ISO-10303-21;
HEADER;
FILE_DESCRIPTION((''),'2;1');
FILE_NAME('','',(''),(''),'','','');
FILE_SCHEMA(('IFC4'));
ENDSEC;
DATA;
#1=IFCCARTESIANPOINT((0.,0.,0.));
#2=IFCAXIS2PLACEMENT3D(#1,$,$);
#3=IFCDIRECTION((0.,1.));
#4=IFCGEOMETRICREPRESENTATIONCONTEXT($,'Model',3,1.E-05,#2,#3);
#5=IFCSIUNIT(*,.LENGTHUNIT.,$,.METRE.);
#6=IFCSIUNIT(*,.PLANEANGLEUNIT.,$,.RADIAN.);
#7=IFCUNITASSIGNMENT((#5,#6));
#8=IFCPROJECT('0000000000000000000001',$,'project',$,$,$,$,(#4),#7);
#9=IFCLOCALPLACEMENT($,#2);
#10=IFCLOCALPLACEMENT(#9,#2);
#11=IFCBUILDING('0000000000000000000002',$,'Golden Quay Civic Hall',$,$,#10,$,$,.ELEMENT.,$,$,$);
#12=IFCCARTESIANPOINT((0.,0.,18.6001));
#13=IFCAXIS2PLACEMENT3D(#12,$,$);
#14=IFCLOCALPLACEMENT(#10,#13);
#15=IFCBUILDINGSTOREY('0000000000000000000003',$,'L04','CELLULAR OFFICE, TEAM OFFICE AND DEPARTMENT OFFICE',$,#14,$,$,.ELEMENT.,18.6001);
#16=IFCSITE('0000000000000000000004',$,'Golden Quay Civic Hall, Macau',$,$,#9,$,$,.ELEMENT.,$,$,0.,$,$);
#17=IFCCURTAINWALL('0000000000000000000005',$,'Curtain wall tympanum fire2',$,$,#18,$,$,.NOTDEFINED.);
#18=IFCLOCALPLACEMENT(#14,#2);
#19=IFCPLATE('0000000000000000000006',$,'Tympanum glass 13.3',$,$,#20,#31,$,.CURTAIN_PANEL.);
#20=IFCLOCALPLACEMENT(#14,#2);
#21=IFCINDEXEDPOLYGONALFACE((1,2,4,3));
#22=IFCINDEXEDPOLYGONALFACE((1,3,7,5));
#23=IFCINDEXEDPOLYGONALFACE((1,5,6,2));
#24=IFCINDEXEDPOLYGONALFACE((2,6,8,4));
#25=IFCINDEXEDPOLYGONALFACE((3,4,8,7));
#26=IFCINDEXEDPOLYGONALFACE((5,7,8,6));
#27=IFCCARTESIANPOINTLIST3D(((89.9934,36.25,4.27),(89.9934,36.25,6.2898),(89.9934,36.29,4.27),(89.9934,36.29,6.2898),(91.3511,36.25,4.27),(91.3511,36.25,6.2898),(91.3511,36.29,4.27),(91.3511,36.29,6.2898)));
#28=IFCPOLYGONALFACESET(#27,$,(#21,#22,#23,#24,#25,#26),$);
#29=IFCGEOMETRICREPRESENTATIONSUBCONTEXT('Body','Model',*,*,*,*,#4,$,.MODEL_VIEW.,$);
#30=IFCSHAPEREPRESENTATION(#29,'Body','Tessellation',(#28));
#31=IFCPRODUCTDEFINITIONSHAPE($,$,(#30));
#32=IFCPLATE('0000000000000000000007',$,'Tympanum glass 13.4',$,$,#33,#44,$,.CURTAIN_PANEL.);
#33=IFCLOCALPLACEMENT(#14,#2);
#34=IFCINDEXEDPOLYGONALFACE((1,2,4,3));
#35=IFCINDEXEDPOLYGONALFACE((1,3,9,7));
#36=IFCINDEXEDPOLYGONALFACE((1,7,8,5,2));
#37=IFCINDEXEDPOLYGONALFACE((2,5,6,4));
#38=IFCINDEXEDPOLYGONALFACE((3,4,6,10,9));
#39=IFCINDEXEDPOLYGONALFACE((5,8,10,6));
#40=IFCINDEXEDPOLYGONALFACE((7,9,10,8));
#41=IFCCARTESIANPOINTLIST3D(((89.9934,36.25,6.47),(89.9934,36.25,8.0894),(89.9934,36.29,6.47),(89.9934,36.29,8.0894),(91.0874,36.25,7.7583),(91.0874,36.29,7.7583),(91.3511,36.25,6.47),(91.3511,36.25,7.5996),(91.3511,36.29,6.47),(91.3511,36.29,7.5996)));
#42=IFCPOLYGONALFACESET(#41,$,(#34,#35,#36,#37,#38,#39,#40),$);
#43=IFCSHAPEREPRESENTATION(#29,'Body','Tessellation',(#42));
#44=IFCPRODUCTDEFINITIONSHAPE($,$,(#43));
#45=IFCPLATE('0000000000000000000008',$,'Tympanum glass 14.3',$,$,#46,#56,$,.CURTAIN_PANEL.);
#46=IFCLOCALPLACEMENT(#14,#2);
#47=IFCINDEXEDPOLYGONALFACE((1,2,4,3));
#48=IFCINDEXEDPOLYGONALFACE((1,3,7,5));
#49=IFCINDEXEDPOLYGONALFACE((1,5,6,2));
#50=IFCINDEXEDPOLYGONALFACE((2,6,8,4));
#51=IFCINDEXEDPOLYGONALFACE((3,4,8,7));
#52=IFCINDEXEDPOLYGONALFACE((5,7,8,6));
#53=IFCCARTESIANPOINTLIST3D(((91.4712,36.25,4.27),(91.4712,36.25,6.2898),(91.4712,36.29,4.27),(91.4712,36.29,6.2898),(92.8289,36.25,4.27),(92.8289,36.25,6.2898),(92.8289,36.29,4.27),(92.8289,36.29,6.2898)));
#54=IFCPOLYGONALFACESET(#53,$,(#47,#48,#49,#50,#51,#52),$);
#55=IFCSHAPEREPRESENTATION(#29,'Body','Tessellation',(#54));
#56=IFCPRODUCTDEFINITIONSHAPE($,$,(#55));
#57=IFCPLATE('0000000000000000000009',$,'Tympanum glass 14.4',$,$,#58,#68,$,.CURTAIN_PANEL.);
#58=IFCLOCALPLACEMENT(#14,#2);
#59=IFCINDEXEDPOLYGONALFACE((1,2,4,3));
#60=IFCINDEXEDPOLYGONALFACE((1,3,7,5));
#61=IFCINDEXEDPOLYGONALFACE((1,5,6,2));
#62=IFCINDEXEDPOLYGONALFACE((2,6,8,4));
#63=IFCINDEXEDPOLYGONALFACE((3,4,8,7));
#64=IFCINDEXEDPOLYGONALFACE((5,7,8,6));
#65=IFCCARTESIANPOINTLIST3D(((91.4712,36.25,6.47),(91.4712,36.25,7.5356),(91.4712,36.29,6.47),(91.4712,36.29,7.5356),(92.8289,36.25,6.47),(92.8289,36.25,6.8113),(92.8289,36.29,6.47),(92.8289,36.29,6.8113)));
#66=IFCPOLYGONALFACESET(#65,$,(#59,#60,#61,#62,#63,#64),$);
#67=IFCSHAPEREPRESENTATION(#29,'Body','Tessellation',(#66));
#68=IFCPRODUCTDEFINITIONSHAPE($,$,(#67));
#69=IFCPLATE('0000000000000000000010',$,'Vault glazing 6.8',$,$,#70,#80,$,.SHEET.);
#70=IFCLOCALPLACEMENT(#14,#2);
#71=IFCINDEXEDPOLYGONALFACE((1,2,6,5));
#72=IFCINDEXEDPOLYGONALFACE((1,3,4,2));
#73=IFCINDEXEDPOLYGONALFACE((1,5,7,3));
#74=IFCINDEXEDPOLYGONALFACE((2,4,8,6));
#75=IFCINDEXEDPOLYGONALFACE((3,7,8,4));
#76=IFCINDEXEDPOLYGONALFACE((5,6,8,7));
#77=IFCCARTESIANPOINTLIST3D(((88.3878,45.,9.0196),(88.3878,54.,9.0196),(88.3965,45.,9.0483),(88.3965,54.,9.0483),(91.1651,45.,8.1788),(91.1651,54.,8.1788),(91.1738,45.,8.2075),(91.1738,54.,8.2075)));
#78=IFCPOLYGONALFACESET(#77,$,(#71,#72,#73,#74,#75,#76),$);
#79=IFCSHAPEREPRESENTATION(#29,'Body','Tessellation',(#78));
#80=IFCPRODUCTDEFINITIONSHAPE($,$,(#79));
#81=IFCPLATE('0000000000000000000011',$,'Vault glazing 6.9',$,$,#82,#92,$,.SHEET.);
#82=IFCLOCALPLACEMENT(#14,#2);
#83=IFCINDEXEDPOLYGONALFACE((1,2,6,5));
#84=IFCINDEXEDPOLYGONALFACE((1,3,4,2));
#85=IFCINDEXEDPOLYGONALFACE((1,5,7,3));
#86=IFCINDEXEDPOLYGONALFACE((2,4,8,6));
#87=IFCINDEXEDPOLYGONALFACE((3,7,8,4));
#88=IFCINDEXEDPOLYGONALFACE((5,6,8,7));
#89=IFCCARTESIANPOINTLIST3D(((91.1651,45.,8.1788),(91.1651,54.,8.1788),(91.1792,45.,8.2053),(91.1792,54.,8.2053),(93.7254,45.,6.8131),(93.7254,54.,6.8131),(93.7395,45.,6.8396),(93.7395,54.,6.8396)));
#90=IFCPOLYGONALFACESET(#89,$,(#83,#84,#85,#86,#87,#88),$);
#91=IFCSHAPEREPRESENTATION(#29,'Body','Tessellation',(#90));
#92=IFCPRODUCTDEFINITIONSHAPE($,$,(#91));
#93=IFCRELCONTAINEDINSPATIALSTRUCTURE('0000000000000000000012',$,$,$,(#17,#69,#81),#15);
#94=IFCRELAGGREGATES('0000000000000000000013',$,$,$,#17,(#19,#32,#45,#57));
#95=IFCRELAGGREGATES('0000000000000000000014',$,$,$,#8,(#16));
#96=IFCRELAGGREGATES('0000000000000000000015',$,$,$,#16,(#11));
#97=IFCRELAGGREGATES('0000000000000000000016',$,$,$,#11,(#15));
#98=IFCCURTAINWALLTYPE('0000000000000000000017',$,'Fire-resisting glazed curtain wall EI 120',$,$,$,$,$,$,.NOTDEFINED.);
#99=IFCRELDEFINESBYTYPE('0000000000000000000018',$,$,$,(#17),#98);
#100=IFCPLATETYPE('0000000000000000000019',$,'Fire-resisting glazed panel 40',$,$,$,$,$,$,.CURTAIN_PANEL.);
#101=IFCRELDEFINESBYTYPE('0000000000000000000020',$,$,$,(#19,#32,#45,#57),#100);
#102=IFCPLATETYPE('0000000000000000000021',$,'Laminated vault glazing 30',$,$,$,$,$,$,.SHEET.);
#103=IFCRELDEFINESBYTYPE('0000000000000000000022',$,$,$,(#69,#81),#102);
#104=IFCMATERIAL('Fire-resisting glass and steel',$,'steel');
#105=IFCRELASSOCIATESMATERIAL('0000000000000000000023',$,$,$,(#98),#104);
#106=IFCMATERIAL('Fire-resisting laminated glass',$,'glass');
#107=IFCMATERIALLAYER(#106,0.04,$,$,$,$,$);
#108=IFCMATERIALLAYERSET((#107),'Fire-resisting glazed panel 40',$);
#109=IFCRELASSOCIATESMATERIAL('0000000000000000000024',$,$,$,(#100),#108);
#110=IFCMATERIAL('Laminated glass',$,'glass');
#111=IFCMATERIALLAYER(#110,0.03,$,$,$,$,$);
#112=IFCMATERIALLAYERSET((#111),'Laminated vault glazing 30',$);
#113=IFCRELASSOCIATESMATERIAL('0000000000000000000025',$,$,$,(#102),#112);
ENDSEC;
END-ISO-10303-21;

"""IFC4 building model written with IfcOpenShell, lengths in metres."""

from ifc_helpers import new_model, si_unit, direction, frame, origin, place, context, subcontext, project, spatial, polyline, outline, extrude, material, layer, layer_set, type_object, element, aggregate, save


model = new_model("IFC4")

# Units and contexts
model_context = context("Model", 3, precision=1e-05, world=origin(), true_north=direction((0.0, 1.0)))
body_context = subcontext(model_context, "Body", "Model", "MODEL_VIEW")
ifc_project = project(units=[si_unit("LENGTHUNIT", "METRE"), si_unit("PLANEANGLEUNIT", "RADIAN")], contexts=[model_context])

# Site, building, storey
site_placement = place(None, origin())
site = spatial("IfcSite", under=ifc_project, at=site_placement, Name="Golden Quay Civic Hall, Macau", CompositionType="ELEMENT", RefElevation=0.0)
building_placement = place(site_placement, origin())
building = spatial("IfcBuilding", under=site, at=building_placement, Name="Golden Quay Civic Hall", CompositionType="ELEMENT")
storey_placement = place(building_placement, frame((0.0, 0.0, 18.6001)))
storey = spatial("IfcBuildingStorey", under=building, at=storey_placement, Name="L04", Description="CELLULAR OFFICE, TEAM OFFICE AND DEPARTMENT OFFICE", CompositionType="ELEMENT", Elevation=18.6001)

# Curtain wall
ifc_material_1 = material(Name="Fire-resisting glass and steel", Category="steel")
curtain_wall_type = type_object("IfcCurtainWallType", Name="Fire-resisting glazed curtain wall EI 120", PredefinedType="NOTDEFINED", material=ifc_material_1)
curtain_wall_placement = place(storey_placement, origin())
curtain_wall = element("IfcCurtainWall", 1, at=curtain_wall_placement, inside=storey, type_object=curtain_wall_type, Name="Curtain wall tympanum fire2", PredefinedType="NOTDEFINED")

# Plates
ifc_material_2 = material(Name="Fire-resisting laminated glass", Category="glass")
ifc_layer_1 = layer(ifc_material_2, 0.04)
ifc_layer_set_1 = layer_set([ifc_layer_1], Name="Fire-resisting glazed panel 40")
plate_type_1 = type_object("IfcPlateType", Name="Fire-resisting glazed panel 40", PredefinedType="CURTAIN_PANEL", material=ifc_layer_set_1)
plate_1_placement = place(storey_placement, frame((91.3511, 36.29, 4.27), z_axis=(0.0, 1.0, 0.0), x_axis=(-1.0, 0.0, 0.0)))
plate_1 = element("IfcPlate", 2, at=plate_1_placement, type_object=plate_type_1, Name="Tympanum glass 13.3", PredefinedType="CURTAIN_PANEL", context=body_context, shape_type="SweptSolid", body=[
    extrude(outline(polyline([(0.0, 0.0), (1.3577, 0.0), (1.3577, 2.0198), (0.0, 2.0198), (0.0, 0.0)])), origin(), (0.0, 0.0, -1.0), 0.04),
])
plate_2_placement = place(storey_placement, frame((91.3511, 36.29, 6.47), z_axis=(0.0, 1.0, 0.0), x_axis=(-1.0, 0.0, 0.0)))
plate_2 = element("IfcPlate", 3, at=plate_2_placement, type_object=plate_type_1, Name="Tympanum glass 13.4", PredefinedType="CURTAIN_PANEL", context=body_context, shape_type="SweptSolid", body=[
    extrude(outline(polyline([(0.0, 0.0), (1.3577, 0.0), (1.3577, 1.6194), (0.2637, 1.2883), (0.0, 1.1296), (0.0, 0.0)])), origin(), (0.0, 0.0, -1.0), 0.04),
])
plate_3_placement = place(storey_placement, frame((92.8289, 36.29, 4.27), z_axis=(0.0, 1.0, 0.0), x_axis=(-1.0, 0.0, 0.0)))
plate_3 = element("IfcPlate", 4, at=plate_3_placement, type_object=plate_type_1, Name="Tympanum glass 14.3", PredefinedType="CURTAIN_PANEL", context=body_context, shape_type="SweptSolid", body=[
    extrude(outline(polyline([(0.0, 0.0), (1.3577, 0.0), (1.3577, 2.0198), (0.0, 2.0198), (0.0, 0.0)])), origin(), (0.0, 0.0, -1.0), 0.04),
])
plate_4_placement = place(storey_placement, frame((92.8289, 36.29, 6.47), z_axis=(0.0, 1.0, 0.0), x_axis=(-1.0, 0.0, 0.0)))
plate_4 = element("IfcPlate", 5, at=plate_4_placement, type_object=plate_type_1, Name="Tympanum glass 14.4", PredefinedType="CURTAIN_PANEL", context=body_context, shape_type="SweptSolid", body=[
    extrude(outline(polyline([(0.0, 0.0), (1.3577, 0.0), (1.3577, 1.0657), (0.0, 0.3413), (0.0, 0.0)])), origin(), (0.0, 0.0, -1.0), 0.04),
])
aggregate(curtain_wall, [plate_1, plate_2, plate_3, plate_4])

# Plates
ifc_material_3 = material(Name="Laminated glass", Category="glass")
ifc_layer_2 = layer(ifc_material_3, 0.03)
ifc_layer_set_2 = layer_set([ifc_layer_2], Name="Laminated vault glazing 30")
plate_type_2 = type_object("IfcPlateType", Name="Laminated vault glazing 30", PredefinedType="SHEET", material=ifc_layer_set_2)
plate_5_placement = place(storey_placement, frame((88.3965, 45.0, 9.0483), z_axis=(0.289755, 0.0, 0.957101), x_axis=(0.957101, 0.0, -0.289755)))
element("IfcPlate", 6, at=plate_5_placement, inside=storey, type_object=plate_type_2, Name="Vault glazing 6.8", PredefinedType="SHEET", context=body_context, shape_type="SweptSolid", body=[
    extrude(outline(polyline([(0.0, 0.0), (2.9018, 0.0), (2.9018, 9.0), (0.0, 9.0), (0.0, 0.0)])), origin(), (0.0, 0.0, -1.0), 0.03),
])
plate_6_placement = place(storey_placement, frame((91.1792, 45.0, 8.2053), z_axis=(0.470649, 0.0, 0.88232), x_axis=(0.88232, 0.0, -0.470649)))
element("IfcPlate", 7, at=plate_6_placement, inside=storey, type_object=plate_type_2, Name="Vault glazing 6.9", PredefinedType="SHEET", context=body_context, shape_type="SweptSolid", body=[
    extrude(outline(polyline([(0.0, 0.0), (2.9018, 0.0), (2.9018, 9.0), (0.0, 9.0), (0.0, 0.0)])), origin(), (0.0, 0.0, -1.0), 0.03),
])

save(model, "model.ifc")
